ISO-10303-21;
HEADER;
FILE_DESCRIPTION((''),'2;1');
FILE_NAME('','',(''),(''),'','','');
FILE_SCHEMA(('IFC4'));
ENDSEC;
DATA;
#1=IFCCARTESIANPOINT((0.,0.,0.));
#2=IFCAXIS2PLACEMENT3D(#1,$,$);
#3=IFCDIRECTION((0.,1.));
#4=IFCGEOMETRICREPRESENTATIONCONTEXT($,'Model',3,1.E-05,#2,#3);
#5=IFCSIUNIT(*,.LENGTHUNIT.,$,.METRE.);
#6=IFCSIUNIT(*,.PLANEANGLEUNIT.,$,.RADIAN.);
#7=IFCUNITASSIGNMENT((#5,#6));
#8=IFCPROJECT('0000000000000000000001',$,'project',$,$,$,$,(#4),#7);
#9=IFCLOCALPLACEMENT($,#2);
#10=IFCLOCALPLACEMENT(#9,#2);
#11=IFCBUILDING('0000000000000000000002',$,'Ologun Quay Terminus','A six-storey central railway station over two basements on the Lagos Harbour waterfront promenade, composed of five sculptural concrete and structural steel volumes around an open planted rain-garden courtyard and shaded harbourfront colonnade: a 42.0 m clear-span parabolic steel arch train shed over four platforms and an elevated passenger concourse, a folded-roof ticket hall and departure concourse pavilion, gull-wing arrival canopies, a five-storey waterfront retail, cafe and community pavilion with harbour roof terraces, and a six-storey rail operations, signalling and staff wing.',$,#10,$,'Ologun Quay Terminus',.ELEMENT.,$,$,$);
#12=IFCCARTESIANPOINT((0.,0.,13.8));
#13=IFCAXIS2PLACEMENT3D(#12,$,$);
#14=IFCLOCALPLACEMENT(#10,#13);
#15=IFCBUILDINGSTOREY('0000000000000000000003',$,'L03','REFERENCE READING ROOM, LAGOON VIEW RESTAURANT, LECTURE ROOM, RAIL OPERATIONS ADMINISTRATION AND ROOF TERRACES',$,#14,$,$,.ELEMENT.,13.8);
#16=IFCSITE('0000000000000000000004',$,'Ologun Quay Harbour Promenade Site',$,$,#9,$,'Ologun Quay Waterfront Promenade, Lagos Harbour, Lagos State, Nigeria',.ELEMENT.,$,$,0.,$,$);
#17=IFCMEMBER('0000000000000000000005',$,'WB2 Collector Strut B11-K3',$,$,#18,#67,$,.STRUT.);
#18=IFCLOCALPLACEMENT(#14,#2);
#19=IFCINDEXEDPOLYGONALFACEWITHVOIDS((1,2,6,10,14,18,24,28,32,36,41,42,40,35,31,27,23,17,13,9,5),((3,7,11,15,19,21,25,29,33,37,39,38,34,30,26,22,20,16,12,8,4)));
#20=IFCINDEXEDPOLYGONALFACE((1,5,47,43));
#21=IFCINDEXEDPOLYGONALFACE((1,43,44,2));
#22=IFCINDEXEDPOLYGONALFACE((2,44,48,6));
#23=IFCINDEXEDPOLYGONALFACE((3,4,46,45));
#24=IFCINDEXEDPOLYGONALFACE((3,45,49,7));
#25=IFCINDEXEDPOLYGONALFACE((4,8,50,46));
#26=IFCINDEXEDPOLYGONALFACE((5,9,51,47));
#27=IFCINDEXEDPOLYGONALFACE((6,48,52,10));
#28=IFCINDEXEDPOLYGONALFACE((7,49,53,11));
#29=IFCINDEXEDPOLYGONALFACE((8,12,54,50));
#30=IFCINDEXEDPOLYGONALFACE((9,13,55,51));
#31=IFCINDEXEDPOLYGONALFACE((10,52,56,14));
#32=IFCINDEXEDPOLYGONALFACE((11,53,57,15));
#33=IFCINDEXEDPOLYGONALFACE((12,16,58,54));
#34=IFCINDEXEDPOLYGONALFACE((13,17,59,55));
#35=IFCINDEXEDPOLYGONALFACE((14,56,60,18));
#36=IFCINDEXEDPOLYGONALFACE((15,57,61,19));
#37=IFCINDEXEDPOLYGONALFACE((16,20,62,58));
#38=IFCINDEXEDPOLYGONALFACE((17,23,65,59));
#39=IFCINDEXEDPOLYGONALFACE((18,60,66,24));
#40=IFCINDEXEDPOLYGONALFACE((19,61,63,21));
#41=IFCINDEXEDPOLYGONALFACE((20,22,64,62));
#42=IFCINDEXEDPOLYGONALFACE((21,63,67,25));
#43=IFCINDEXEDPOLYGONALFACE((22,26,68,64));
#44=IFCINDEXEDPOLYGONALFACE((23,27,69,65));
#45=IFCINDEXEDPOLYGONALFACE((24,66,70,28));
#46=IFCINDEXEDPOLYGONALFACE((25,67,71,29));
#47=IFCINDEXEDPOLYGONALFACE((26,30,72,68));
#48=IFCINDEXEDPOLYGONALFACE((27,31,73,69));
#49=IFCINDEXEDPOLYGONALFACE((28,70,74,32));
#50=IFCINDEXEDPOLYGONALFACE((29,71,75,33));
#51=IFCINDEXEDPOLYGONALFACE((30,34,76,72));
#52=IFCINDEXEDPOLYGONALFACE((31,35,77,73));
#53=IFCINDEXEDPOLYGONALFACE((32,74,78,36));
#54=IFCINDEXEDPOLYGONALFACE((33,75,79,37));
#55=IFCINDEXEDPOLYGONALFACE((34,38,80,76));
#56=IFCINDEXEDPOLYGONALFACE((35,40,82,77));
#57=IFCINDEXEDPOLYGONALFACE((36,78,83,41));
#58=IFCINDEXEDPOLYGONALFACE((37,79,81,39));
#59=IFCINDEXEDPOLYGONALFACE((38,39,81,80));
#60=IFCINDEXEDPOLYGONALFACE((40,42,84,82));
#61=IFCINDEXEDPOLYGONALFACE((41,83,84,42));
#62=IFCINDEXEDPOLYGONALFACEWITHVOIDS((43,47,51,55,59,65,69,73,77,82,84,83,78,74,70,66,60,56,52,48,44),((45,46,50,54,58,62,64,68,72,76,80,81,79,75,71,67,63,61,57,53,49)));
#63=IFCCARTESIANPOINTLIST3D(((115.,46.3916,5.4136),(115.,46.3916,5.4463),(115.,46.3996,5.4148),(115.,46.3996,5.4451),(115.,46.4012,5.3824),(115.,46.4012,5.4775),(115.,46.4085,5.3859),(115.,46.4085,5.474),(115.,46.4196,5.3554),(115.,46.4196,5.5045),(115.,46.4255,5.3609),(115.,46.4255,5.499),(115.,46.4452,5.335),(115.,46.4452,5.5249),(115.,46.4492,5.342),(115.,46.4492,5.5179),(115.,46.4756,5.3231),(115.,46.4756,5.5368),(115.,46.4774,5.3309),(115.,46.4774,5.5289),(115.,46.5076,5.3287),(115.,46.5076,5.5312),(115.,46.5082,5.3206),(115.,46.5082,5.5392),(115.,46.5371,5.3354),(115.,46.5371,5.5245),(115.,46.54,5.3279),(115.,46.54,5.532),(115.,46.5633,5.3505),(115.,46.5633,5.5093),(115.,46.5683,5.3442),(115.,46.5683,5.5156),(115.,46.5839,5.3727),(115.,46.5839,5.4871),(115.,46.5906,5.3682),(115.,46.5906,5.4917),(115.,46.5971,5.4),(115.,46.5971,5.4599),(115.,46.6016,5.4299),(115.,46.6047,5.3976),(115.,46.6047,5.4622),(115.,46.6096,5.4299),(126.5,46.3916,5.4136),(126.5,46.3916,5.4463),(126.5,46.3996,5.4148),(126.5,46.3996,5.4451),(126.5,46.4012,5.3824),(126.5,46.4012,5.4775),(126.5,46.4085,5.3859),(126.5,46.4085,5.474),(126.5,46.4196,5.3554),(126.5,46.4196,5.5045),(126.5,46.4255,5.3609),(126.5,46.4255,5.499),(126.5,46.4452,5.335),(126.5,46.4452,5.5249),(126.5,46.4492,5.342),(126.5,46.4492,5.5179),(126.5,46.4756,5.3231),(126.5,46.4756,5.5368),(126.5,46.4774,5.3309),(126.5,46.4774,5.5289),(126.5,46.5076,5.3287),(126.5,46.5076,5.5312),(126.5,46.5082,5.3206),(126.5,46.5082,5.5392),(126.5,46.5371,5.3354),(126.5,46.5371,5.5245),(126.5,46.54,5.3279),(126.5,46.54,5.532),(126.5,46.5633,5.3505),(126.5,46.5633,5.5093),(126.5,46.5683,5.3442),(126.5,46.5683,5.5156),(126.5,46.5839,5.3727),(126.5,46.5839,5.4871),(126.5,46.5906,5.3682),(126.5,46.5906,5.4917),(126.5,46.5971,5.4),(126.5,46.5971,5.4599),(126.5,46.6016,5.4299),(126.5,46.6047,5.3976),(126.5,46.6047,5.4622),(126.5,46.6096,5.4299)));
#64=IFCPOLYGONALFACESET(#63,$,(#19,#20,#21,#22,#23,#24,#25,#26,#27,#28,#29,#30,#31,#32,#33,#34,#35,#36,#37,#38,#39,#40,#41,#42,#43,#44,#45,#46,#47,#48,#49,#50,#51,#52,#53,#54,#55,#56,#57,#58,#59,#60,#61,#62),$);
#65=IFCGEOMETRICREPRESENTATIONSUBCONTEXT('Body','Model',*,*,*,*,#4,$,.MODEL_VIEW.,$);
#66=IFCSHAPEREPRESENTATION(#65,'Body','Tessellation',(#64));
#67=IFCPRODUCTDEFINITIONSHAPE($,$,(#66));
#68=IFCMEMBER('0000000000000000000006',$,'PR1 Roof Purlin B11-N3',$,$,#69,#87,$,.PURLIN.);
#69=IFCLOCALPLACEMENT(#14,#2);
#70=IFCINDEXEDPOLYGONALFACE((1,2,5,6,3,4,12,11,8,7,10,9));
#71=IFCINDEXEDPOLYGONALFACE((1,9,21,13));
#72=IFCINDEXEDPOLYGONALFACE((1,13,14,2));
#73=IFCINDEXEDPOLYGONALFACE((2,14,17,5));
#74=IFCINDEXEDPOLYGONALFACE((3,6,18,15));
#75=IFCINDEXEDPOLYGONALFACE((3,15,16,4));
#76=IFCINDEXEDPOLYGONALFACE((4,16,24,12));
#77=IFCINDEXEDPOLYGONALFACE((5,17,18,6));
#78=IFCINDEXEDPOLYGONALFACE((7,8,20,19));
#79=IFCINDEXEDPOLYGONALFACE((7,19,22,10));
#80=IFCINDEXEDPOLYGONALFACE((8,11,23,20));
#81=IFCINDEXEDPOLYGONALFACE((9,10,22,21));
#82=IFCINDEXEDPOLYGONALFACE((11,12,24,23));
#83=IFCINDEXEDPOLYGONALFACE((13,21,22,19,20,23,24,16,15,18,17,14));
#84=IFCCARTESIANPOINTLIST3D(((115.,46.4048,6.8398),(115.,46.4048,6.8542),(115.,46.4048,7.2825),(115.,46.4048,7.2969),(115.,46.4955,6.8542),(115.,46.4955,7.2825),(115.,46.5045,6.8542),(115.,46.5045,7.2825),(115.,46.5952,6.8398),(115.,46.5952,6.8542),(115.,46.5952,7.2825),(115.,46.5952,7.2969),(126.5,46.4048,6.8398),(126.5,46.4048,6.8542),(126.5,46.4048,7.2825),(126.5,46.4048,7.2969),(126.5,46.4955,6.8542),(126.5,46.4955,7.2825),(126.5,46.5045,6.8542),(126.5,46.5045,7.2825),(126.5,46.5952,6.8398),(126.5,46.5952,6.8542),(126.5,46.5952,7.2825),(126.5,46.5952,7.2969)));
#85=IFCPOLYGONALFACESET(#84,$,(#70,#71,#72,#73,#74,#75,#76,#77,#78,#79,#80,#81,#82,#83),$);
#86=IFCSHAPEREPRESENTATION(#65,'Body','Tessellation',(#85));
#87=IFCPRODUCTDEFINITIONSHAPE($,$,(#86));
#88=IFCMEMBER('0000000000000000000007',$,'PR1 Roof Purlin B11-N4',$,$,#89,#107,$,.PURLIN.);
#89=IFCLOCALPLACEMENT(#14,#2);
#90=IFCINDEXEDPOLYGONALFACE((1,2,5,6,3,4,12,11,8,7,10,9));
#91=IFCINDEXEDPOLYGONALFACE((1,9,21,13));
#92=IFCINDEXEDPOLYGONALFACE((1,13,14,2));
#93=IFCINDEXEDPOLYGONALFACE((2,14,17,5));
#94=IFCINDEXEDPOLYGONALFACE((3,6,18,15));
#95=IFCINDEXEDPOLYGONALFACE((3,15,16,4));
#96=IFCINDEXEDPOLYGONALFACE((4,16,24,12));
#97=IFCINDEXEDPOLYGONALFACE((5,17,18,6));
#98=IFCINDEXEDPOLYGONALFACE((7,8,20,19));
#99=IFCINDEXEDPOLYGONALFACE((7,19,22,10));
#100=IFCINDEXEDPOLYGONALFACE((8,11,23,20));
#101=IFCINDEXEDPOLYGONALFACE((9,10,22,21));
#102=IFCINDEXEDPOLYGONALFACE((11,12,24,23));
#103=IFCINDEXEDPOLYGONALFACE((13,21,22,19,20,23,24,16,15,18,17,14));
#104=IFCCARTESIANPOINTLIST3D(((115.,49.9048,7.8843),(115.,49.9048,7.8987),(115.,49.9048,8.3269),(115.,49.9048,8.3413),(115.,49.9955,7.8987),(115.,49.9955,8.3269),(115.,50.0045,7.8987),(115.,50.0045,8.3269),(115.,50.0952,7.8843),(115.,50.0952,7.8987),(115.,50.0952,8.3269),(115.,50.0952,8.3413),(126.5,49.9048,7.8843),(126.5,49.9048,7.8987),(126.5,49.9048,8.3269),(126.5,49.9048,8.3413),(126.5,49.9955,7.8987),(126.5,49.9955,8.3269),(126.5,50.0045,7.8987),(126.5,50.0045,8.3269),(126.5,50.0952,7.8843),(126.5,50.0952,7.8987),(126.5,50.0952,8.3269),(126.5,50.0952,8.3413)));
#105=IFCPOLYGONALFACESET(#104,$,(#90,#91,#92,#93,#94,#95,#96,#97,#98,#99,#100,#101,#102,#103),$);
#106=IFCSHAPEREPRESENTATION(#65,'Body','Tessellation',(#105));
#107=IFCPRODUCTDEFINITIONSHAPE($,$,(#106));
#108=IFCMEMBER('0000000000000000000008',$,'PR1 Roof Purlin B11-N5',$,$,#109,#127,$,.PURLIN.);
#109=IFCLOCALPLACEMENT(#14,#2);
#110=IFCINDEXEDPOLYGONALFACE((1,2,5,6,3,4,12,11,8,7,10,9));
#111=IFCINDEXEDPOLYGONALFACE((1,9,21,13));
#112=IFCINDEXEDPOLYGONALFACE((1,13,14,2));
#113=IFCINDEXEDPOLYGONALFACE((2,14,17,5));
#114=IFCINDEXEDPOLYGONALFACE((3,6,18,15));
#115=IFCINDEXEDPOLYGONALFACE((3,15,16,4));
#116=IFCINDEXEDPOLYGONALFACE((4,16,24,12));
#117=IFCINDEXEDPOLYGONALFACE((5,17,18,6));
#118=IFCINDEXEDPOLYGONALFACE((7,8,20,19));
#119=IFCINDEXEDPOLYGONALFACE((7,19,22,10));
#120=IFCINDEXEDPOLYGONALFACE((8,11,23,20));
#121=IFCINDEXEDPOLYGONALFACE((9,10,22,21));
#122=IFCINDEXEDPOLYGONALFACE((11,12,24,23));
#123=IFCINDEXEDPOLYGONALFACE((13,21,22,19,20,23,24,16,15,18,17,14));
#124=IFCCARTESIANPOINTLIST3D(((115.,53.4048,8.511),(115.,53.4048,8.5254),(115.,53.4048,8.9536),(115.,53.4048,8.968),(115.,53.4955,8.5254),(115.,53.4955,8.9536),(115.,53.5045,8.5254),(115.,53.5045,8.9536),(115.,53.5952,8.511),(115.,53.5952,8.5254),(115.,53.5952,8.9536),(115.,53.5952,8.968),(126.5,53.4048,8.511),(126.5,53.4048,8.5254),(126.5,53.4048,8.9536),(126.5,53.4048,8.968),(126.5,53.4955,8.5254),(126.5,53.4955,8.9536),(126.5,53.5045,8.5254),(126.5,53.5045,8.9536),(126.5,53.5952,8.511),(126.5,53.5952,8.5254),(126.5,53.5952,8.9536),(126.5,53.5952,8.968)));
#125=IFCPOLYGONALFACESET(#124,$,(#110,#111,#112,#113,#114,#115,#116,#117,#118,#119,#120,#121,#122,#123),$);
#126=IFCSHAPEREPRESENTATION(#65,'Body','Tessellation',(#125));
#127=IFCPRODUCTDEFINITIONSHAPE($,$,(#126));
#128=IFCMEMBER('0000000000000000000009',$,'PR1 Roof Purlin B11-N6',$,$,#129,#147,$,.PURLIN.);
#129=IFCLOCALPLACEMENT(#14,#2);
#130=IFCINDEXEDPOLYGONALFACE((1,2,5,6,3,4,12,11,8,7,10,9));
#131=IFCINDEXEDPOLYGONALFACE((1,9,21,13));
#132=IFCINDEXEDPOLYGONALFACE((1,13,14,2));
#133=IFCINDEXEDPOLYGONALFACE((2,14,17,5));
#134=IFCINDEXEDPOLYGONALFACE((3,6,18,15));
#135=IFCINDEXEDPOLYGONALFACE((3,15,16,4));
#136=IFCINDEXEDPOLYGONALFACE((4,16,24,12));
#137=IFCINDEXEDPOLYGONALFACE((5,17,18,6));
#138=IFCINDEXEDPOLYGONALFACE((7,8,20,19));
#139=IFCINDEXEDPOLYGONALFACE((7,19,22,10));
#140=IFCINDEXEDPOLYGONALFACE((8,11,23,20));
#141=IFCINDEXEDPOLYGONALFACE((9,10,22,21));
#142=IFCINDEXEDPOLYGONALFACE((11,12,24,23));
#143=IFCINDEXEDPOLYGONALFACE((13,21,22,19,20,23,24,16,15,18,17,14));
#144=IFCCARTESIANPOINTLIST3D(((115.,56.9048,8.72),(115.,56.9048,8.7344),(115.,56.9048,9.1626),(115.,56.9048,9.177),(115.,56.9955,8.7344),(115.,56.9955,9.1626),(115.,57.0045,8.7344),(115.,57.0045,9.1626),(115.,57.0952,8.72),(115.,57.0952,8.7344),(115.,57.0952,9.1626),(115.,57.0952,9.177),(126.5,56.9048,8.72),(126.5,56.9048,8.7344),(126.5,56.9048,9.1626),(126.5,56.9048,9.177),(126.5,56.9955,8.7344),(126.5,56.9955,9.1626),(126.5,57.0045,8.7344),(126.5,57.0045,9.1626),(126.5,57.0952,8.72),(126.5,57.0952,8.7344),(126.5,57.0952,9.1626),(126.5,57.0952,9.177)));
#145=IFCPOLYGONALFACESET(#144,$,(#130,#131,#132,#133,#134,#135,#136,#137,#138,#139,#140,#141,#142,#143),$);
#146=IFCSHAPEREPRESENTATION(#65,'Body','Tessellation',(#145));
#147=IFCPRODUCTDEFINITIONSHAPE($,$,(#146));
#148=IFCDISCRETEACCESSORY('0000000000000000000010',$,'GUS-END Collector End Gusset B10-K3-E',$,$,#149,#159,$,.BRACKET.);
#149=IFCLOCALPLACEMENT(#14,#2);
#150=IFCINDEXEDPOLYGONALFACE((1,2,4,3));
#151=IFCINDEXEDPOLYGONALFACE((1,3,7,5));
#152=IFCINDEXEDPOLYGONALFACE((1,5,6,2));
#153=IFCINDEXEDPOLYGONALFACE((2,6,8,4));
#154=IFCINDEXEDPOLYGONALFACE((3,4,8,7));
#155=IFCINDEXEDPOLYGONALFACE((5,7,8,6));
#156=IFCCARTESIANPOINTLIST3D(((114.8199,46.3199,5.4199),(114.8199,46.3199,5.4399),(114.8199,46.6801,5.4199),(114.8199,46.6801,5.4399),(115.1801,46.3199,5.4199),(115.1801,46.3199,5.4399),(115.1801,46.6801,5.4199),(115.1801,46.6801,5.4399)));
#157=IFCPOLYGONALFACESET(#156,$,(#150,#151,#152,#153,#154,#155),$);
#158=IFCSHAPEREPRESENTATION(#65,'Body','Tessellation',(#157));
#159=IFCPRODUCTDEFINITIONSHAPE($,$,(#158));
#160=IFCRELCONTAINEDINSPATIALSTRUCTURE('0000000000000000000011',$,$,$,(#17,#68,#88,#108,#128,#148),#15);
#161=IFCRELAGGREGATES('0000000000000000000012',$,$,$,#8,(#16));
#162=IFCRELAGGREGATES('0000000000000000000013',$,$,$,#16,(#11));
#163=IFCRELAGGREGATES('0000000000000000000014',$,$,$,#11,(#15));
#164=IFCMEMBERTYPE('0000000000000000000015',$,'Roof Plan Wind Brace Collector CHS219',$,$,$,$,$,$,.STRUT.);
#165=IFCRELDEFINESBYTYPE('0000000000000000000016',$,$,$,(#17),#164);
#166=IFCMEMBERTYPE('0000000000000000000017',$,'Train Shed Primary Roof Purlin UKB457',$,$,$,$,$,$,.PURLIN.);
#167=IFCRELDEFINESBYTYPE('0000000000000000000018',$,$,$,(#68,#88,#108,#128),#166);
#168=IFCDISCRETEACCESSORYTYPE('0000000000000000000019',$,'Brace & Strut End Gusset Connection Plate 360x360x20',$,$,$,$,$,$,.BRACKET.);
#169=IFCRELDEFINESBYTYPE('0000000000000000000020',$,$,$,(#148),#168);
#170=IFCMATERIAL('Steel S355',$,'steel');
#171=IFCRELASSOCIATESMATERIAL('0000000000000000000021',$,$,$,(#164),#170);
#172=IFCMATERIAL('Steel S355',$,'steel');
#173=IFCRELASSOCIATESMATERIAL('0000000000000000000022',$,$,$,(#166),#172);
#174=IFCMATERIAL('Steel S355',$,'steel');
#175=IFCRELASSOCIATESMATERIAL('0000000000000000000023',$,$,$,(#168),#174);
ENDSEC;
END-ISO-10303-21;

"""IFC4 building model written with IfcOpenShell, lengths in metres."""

from ifc_helpers import new_model, si_unit, direction, frame, origin, origin_2d, place, context, subcontext, project, spatial, rectangle, hollow_circle, i_section, extrude, material, material_profile, profile_set, type_object, element, save


model = new_model("IFC4")

# Units and contexts
model_context = context("Model", 3, precision=1e-05, world=origin(), true_north=direction((0.0, 1.0)))
body_context = subcontext(model_context, "Body", "Model", "MODEL_VIEW")
ifc_project = project(units=[si_unit("LENGTHUNIT", "METRE"), si_unit("PLANEANGLEUNIT", "RADIAN")], contexts=[model_context])

# Site, building, storey
site_placement = place(None, origin())
site = spatial("IfcSite", under=ifc_project, at=site_placement, Name="Ologun Quay Harbour Promenade Site", LongName="Ologun Quay Waterfront Promenade, Lagos Harbour, Lagos State, Nigeria", CompositionType="ELEMENT", RefElevation=0.0)
building_placement = place(site_placement, origin())
building = spatial("IfcBuilding", under=site, at=building_placement, Name="Ologun Quay Terminus", Description="A six-storey central railway station over two basements on the Lagos Harbour waterfront promenade, composed of five sculptural concrete and structural steel volumes around an open planted rain-garden courtyard and shaded harbourfront colonnade: a 42.0 m clear-span parabolic steel arch train shed over four platforms and an elevated passenger concourse, a folded-roof ticket hall and departure concourse pavilion, gull-wing arrival canopies, a five-storey waterfront retail, cafe and community pavilion with harbour roof terraces, and a six-storey rail operations, signalling and staff wing.", LongName="Ologun Quay Terminus", CompositionType="ELEMENT")
storey_placement = place(building_placement, frame((0.0, 0.0, 13.8)))
storey = spatial("IfcBuildingStorey", under=building, at=storey_placement, Name="L03", Description="REFERENCE READING ROOM, LAGOON VIEW RESTAURANT, LECTURE ROOM, RAIL OPERATIONS ADMINISTRATION AND ROOF TERRACES", CompositionType="ELEMENT", Elevation=13.8)

# Members
ifc_material_1 = material(Name="Steel S355", Category="steel")
ifc_material_profile_1 = material_profile(ifc_material_1, hollow_circle(Radius=0.1096, WallThickness=0.0081, at=origin_2d()), Name="CHS 219.1x8")
ifc_profile_set_1 = profile_set([ifc_material_profile_1], Name="Steel S355")
member_type_1 = type_object("IfcMemberType", Name="Roof Plan Wind Brace Collector CHS219", PredefinedType="STRUT", material=ifc_profile_set_1)
member_1_placement = place(storey_placement, frame((115.0, 46.5, 5.4299), z_axis=(1.0, 0.0, 0.0), x_axis=(0.0, 1.0, 0.0)))
element("IfcMember", 1, at=member_1_placement, inside=storey, type_object=member_type_1, Name="WB2 Collector Strut B11-K3", PredefinedType="STRUT", context=body_context, shape_type="SweptSolid", body=[
    extrude(hollow_circle(Radius=0.1096, WallThickness=0.0081, at=origin_2d()), origin(), (0.0, 0.0, 1.0), 11.5),
])
ifc_material_2 = material(Name="Steel S355", Category="steel")
ifc_material_profile_2 = material_profile(ifc_material_2, i_section(OverallWidth=0.1904, OverallDepth=0.457, WebThickness=0.009, FlangeThickness=0.0144, at=origin_2d()), Name="UKB 457x191x74")
ifc_profile_set_2 = profile_set([ifc_material_profile_2], Name="Steel S355")
member_type_2 = type_object("IfcMemberType", Name="Train Shed Primary Roof Purlin UKB457", PredefinedType="PURLIN", material=ifc_profile_set_2)
for number, where, z_axis, x_axis, name in (
    (2, (115.0, 46.5, 7.0684), (1.0, 0.0, 0.0), (0.0, 1.0, 0.0), "PR1 Roof Purlin B11-N3"),
    (3, (115.0, 50.0, 8.1128), (1.0, 0.0, 0.0), (0.0, 1.0, 0.0), "PR1 Roof Purlin B11-N4"),
    (4, (115.0, 53.5, 8.7395), (1.0, 0.0, 0.0), (0.0, 1.0, 0.0), "PR1 Roof Purlin B11-N5"),
    (5, (115.0, 57.0, 8.9485), (1.0, 0.0, 0.0), (0.0, 1.0, 0.0), "PR1 Roof Purlin B11-N6"),
):
    element("IfcMember", number, at=place(storey_placement, frame(where, z_axis=z_axis, x_axis=x_axis)), inside=storey, type_object=member_type_2, Name=name, PredefinedType="PURLIN", context=body_context, shape_type="SweptSolid", body=[
        extrude(i_section(OverallWidth=0.1904, OverallDepth=0.457, WebThickness=0.009, FlangeThickness=0.0144, at=origin_2d()), origin(), (0.0, 0.0, 1.0), 11.5),
    ])

# Discrete accessory
ifc_material_3 = material(Name="Steel S355", Category="steel")
discrete_accessory_type = type_object("IfcDiscreteAccessoryType", Name="Brace & Strut End Gusset Connection Plate 360x360x20", PredefinedType="BRACKET", material=ifc_material_3)
discrete_accessory_placement = place(storey_placement, frame((115.0, 46.5, 5.4199), z_axis=(0.0, 0.0, 1.0), x_axis=(1.0, 0.0, 0.0)))
element("IfcDiscreteAccessory", 6, at=discrete_accessory_placement, inside=storey, type_object=discrete_accessory_type, Name="GUS-END Collector End Gusset B10-K3-E", PredefinedType="BRACKET", context=body_context, shape_type="SweptSolid", body=[
    extrude(rectangle(XDim=0.3601, YDim=0.3601, at=origin_2d()), origin(), (0.0, 0.0, 1.0), 0.02),
])

save(model, "model.ifc")
